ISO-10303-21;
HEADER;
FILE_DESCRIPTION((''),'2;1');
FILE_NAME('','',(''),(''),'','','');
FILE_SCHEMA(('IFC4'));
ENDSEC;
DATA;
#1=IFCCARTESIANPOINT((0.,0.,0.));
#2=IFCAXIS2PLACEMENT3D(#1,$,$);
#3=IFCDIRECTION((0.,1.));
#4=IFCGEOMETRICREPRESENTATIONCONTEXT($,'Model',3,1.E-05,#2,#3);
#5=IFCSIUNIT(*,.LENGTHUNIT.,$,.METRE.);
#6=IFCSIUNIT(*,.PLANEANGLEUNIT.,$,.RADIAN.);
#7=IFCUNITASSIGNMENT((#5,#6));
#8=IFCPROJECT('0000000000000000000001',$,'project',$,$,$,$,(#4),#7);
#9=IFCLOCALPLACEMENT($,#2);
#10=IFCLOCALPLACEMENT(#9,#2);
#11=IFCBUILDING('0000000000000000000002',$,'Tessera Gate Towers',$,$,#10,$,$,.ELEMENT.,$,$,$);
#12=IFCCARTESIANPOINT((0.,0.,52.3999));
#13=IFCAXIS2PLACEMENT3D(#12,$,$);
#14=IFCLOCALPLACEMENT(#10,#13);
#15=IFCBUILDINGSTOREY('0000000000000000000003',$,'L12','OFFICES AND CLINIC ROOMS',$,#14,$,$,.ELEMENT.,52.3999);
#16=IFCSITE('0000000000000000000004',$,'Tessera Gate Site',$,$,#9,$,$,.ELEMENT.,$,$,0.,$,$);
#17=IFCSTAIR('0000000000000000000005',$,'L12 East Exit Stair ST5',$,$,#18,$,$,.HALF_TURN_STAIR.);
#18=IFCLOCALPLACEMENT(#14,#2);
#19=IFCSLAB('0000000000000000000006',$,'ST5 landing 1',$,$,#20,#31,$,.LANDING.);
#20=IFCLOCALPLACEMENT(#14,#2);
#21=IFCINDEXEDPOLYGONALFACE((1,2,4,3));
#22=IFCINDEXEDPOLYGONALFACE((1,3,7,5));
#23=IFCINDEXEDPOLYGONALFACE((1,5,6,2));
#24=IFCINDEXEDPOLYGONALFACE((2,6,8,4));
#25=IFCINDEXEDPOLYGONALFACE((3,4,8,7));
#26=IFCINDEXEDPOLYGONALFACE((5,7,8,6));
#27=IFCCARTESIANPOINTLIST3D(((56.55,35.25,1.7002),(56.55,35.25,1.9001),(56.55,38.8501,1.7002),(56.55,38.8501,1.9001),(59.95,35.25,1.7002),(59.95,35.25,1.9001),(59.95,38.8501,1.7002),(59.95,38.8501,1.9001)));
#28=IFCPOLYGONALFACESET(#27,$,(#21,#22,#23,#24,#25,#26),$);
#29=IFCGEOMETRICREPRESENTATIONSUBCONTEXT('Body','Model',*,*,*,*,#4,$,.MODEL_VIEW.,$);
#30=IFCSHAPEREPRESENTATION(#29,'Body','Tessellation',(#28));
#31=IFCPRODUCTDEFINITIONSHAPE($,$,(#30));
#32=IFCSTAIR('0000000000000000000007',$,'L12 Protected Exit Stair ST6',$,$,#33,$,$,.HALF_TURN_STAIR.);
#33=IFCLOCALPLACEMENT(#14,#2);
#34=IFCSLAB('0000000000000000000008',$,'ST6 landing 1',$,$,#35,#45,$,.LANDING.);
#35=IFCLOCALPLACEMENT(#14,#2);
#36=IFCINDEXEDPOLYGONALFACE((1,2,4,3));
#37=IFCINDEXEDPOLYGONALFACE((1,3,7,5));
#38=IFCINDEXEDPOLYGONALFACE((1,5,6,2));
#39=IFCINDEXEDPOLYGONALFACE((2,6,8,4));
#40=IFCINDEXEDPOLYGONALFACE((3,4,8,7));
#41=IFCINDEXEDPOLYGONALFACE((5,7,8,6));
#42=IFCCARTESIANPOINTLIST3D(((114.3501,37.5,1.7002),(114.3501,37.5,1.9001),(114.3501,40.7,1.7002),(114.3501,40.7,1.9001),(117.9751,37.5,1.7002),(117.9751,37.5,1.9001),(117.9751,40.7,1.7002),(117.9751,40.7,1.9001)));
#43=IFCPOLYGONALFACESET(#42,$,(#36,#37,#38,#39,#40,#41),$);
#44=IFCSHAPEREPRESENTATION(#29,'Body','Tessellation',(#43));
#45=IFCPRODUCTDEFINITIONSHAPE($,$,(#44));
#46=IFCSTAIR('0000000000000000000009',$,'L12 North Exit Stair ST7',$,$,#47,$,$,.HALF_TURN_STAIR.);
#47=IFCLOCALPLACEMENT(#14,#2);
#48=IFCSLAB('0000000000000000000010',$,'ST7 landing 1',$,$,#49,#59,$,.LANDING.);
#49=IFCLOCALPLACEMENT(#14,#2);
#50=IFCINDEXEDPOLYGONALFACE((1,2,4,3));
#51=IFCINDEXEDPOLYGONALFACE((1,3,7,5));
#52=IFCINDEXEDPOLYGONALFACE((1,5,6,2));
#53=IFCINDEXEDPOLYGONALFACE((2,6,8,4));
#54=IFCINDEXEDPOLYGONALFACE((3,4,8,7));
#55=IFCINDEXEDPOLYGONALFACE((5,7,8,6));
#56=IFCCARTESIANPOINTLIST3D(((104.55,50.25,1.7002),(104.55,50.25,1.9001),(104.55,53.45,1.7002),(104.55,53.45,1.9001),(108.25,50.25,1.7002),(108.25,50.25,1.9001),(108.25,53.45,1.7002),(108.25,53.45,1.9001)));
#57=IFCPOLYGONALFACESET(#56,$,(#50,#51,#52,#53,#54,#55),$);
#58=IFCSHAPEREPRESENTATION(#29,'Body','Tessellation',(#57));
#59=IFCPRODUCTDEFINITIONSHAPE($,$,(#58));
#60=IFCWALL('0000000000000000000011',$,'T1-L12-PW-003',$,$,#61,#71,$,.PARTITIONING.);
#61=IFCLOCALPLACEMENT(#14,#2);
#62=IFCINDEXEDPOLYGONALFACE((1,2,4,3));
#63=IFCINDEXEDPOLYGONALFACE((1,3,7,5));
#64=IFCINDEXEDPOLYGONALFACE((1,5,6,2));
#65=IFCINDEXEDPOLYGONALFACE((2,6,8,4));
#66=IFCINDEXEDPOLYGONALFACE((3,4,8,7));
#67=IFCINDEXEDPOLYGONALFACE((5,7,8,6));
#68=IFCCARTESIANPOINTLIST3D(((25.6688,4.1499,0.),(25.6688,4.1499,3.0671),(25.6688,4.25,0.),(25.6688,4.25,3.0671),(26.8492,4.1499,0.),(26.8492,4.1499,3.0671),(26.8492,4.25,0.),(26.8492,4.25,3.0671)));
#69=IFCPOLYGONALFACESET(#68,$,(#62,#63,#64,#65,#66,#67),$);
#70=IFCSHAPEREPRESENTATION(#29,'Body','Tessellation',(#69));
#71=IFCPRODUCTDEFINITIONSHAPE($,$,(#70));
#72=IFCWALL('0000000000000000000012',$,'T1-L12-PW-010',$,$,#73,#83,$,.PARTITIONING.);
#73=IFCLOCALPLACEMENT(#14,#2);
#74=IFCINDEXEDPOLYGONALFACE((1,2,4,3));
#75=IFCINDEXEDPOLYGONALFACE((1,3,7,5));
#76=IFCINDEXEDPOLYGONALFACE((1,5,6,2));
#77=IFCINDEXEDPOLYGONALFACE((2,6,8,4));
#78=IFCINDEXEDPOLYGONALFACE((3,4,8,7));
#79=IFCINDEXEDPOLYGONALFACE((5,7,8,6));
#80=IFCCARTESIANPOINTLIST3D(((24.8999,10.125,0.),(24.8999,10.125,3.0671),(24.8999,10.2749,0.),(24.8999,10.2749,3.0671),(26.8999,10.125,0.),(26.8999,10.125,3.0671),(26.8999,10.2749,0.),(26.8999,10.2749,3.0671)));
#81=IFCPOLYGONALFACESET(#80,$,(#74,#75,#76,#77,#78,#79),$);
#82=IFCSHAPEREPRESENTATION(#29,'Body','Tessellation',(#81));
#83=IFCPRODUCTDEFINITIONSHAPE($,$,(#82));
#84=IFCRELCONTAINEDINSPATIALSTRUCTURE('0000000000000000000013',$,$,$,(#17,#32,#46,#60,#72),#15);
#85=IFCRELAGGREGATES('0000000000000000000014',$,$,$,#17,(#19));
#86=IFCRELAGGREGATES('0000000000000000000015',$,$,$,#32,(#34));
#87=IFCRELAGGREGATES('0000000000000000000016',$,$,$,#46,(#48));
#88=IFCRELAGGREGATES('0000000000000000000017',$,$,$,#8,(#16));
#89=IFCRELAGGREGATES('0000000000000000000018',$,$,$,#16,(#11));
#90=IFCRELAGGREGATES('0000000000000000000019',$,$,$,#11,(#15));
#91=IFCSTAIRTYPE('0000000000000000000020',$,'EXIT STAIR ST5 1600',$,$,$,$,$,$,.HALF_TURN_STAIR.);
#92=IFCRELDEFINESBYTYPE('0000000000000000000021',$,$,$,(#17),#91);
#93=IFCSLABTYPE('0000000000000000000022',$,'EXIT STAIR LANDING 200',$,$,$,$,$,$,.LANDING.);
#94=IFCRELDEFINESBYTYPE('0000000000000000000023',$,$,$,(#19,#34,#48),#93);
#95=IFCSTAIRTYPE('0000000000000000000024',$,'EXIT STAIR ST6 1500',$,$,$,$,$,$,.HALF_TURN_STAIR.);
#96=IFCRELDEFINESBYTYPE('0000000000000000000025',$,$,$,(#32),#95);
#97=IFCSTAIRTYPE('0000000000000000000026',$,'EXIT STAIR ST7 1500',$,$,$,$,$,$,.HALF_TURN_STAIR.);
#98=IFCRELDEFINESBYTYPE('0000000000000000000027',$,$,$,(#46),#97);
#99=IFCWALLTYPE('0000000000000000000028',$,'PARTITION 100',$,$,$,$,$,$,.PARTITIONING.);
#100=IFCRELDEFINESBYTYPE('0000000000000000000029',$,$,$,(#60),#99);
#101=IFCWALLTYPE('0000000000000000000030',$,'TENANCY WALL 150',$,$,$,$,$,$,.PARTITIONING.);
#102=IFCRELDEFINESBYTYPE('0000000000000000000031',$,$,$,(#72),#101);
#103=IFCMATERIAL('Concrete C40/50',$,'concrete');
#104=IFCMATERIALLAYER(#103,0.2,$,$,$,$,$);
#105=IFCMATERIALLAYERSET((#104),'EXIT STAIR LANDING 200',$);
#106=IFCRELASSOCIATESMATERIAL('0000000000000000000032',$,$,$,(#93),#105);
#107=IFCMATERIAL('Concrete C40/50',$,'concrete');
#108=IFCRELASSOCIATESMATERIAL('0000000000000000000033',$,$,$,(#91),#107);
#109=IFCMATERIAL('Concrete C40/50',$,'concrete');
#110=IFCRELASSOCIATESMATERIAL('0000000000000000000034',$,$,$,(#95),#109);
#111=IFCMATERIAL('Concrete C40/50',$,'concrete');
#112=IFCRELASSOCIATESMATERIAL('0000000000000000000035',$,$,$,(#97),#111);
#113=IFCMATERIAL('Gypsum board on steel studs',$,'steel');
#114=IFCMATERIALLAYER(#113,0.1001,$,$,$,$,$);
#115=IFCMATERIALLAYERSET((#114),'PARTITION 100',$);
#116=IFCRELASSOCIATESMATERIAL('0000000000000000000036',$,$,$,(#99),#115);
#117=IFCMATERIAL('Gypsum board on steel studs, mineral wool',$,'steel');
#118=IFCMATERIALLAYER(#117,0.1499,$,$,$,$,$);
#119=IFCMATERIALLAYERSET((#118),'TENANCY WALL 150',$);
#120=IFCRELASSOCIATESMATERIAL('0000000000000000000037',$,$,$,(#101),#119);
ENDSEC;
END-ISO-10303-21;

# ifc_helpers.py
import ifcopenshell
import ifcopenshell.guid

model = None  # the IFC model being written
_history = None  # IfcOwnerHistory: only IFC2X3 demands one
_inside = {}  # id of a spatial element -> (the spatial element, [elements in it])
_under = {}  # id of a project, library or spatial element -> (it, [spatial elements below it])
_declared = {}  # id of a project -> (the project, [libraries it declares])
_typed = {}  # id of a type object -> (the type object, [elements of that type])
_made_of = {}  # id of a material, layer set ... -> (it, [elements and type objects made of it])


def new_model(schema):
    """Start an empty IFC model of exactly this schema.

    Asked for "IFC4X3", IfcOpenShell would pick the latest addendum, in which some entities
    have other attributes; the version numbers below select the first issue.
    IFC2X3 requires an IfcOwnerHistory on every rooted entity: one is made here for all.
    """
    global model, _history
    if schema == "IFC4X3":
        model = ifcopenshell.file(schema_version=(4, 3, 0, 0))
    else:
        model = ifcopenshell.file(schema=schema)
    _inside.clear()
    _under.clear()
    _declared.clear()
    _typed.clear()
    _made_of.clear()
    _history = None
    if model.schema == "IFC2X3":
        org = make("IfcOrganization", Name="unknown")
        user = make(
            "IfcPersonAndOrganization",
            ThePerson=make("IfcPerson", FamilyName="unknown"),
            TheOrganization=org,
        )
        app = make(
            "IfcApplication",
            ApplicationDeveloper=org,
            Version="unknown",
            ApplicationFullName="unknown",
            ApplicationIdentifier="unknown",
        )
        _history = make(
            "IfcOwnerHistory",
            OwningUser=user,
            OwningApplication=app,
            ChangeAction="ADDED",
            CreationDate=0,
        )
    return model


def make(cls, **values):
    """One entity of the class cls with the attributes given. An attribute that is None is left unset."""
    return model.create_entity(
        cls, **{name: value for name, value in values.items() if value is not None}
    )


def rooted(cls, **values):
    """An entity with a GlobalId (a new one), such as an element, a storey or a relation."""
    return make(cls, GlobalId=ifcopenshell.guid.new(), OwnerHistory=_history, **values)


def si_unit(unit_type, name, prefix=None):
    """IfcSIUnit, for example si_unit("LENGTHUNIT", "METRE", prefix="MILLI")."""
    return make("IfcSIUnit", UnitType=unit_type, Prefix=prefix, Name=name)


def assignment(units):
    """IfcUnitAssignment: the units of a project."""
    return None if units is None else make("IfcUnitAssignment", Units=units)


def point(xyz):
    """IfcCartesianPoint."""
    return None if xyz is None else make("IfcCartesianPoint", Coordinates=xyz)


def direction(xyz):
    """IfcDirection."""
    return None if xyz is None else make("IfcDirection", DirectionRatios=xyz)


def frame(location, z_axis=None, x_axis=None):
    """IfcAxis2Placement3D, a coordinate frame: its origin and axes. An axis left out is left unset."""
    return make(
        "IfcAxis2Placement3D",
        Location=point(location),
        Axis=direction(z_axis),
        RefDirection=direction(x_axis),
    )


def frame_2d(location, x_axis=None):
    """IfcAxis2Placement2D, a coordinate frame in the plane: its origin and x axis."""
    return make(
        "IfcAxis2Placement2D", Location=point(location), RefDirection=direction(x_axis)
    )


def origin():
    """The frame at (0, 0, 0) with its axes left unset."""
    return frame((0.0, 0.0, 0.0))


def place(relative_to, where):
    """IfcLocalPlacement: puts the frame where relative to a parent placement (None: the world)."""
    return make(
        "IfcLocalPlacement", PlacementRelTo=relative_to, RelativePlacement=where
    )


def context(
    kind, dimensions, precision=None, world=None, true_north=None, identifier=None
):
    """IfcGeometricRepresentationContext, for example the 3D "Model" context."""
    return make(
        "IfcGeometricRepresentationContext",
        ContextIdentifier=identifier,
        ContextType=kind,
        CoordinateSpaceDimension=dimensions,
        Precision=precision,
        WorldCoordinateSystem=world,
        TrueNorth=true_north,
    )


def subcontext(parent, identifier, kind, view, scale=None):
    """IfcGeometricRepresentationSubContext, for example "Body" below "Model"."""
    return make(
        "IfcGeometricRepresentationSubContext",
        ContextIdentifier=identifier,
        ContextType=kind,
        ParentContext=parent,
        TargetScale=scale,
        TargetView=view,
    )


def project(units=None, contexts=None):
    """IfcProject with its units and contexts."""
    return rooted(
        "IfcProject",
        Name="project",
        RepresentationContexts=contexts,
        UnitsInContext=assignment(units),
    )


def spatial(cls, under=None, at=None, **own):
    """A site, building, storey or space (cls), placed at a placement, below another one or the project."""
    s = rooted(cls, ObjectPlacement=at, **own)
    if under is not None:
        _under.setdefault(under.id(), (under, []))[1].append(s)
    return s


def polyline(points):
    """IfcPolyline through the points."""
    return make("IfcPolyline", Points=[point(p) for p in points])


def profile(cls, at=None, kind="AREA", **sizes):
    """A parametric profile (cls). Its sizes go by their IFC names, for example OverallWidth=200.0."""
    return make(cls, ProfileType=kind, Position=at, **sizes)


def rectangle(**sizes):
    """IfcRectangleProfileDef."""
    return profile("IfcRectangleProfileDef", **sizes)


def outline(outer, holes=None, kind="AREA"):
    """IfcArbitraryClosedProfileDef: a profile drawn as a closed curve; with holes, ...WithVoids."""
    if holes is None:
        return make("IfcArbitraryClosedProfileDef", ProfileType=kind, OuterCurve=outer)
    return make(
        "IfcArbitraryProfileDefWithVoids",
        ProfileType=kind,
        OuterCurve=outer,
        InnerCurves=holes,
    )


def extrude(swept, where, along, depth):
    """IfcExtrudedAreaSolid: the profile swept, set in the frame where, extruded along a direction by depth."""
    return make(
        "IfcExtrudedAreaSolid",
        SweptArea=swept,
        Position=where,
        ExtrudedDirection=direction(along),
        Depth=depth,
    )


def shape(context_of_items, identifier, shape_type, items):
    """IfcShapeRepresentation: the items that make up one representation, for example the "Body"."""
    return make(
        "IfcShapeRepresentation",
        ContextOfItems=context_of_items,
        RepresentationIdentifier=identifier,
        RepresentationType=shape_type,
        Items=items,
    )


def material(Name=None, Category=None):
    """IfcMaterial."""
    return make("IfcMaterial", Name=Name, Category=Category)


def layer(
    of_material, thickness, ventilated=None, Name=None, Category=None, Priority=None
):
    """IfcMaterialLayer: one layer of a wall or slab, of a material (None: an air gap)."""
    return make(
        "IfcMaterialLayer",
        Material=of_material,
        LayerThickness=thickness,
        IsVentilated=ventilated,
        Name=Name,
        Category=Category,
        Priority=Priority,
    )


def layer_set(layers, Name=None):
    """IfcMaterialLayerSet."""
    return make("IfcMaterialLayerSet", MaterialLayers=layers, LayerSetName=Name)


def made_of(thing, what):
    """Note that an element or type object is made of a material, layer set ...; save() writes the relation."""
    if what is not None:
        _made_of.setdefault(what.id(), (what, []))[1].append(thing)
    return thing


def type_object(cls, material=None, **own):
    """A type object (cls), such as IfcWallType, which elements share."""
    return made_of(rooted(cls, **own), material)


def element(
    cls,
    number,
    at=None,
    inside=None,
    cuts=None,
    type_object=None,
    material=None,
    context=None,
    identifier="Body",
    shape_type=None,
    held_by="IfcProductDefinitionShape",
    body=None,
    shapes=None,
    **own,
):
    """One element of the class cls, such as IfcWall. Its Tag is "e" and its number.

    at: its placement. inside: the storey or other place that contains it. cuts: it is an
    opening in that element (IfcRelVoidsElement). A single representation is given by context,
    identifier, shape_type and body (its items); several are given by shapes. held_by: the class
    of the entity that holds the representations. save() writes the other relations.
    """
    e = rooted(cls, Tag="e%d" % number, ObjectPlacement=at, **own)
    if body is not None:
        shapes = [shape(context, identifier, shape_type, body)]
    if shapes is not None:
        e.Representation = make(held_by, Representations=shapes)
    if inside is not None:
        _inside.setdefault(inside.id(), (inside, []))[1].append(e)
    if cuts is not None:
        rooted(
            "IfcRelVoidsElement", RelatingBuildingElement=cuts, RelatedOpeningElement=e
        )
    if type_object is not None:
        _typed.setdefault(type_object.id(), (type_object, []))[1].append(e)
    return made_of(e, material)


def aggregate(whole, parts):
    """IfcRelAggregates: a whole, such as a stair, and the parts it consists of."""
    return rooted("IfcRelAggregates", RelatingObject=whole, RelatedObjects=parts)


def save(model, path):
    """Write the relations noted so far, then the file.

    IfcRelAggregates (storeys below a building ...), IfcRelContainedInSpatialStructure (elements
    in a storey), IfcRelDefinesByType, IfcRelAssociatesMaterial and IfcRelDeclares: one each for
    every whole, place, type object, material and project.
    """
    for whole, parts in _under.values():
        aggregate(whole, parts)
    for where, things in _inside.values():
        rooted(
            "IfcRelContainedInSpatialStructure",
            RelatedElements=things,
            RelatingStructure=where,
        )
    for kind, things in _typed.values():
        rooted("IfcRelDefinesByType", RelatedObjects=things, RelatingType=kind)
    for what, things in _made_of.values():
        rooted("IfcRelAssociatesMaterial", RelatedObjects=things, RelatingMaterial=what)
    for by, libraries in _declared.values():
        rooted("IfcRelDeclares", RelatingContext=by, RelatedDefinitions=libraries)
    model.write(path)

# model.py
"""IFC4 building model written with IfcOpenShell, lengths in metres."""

from ifc_helpers import new_model, si_unit, direction, frame, frame_2d, origin, place, context, subcontext, project, spatial, polyline, rectangle, outline, extrude, material, layer, layer_set, type_object, element, aggregate, save


model = new_model("IFC4")

# Units and contexts
model_context = context("Model", 3, precision=1e-05, world=origin(), true_north=direction((0.0, 1.0)))
body_context = subcontext(model_context, "Body", "Model", "MODEL_VIEW")
ifc_project = project(units=[si_unit("LENGTHUNIT", "METRE"), si_unit("PLANEANGLEUNIT", "RADIAN")], contexts=[model_context])

# Site, building, storey
site_placement = place(None, origin())
site = spatial("IfcSite", under=ifc_project, at=site_placement, Name="Tessera Gate Site", CompositionType="ELEMENT", RefElevation=0.0)
building_placement = place(site_placement, origin())
building = spatial("IfcBuilding", under=site, at=building_placement, Name="Tessera Gate Towers", CompositionType="ELEMENT")
storey_placement = place(building_placement, frame((0.0, 0.0, 52.3999)))
storey = spatial("IfcBuildingStorey", under=building, at=storey_placement, Name="L12", Description="OFFICES AND CLINIC ROOMS", CompositionType="ELEMENT", Elevation=52.3999)

# Stairs, slabs
ifc_material_1 = material(Name="Concrete C40/50", Category="concrete")
ifc_layer_1 = layer(ifc_material_1, 0.2)
ifc_layer_set_1 = layer_set([ifc_layer_1], Name="EXIT STAIR LANDING 200")
slab_type_1 = type_object("IfcSlabType", Name="EXIT STAIR LANDING 200", PredefinedType="LANDING", material=ifc_layer_set_1)
ifc_material_2 = material(Name="Concrete C40/50", Category="concrete")
stair_type_1 = type_object("IfcStairType", Name="EXIT STAIR ST5 1600", PredefinedType="HALF_TURN_STAIR", material=ifc_material_2)
stair_1_placement = place(storey_placement, origin())
stair_1 = element("IfcStair", 1, at=stair_1_placement, inside=storey, type_object=stair_type_1, Name="L12 East Exit Stair ST5", PredefinedType="HALF_TURN_STAIR")
slab_1_placement = place(storey_placement, frame((0.0, 0.0, 1.7002)))
slab_1 = element("IfcSlab", 2, at=slab_1_placement, type_object=slab_type_1, Name="ST5 landing 1", PredefinedType="LANDING", context=body_context, shape_type="SweptSolid", body=[
    extrude(outline(polyline([(59.95, 35.25), (59.95, 38.8501), (56.55, 38.8501), (56.55, 35.25), (59.95, 35.25)])), origin(), (0.0, 0.0, 1.0), 0.2),
])
aggregate(stair_1, [slab_1])
ifc_material_3 = material(Name="Concrete C40/50", Category="concrete")
stair_type_2 = type_object("IfcStairType", Name="EXIT STAIR ST6 1500", PredefinedType="HALF_TURN_STAIR", material=ifc_material_3)
stair_2_placement = place(storey_placement, origin())
stair_2 = element("IfcStair", 3, at=stair_2_placement, inside=storey, type_object=stair_type_2, Name="L12 Protected Exit Stair ST6", PredefinedType="HALF_TURN_STAIR")
slab_2_placement = place(storey_placement, frame((0.0, 0.0, 1.7002)))
slab_2 = element("IfcSlab", 4, at=slab_2_placement, type_object=slab_type_1, Name="ST6 landing 1", PredefinedType="LANDING", context=body_context, shape_type="SweptSolid", body=[
    extrude(outline(polyline([(114.3501, 37.5), (117.9751, 37.5), (117.9751, 40.7), (114.3501, 40.7), (114.3501, 37.5)])), origin(), (0.0, 0.0, 1.0), 0.2),
])
aggregate(stair_2, [slab_2])
ifc_material_4 = material(Name="Concrete C40/50", Category="concrete")
stair_type_3 = type_object("IfcStairType", Name="EXIT STAIR ST7 1500", PredefinedType="HALF_TURN_STAIR", material=ifc_material_4)
stair_3_placement = place(storey_placement, origin())
stair_3 = element("IfcStair", 5, at=stair_3_placement, inside=storey, type_object=stair_type_3, Name="L12 North Exit Stair ST7", PredefinedType="HALF_TURN_STAIR")
slab_3_placement = place(storey_placement, frame((0.0, 0.0, 1.7002)))
slab_3 = element("IfcSlab", 6, at=slab_3_placement, type_object=slab_type_1, Name="ST7 landing 1", PredefinedType="LANDING", context=body_context, shape_type="SweptSolid", body=[
    extrude(outline(polyline([(104.55, 50.25), (108.25, 50.25), (108.25, 53.45), (104.55, 53.45), (104.55, 50.25)])), origin(), (0.0, 0.0, 1.0), 0.2),
])
aggregate(stair_3, [slab_3])

# Walls
ifc_material_5 = material(Name="Gypsum board on steel studs", Category="steel")
ifc_layer_2 = layer(ifc_material_5, 0.1001)
ifc_layer_set_2 = layer_set([ifc_layer_2], Name="PARTITION 100")
wall_type_1 = type_object("IfcWallType", Name="PARTITION 100", PredefinedType="PARTITIONING", material=ifc_layer_set_2)
wall_1_placement = place(storey_placement, frame((25.6687, 4.2, 0.0), z_axis=(0.0, 0.0, 1.0), x_axis=(1.0, 0.0, 0.0)))
element("IfcWall", 7, at=wall_1_placement, inside=storey, type_object=wall_type_1, Name="T1-L12-PW-003", PredefinedType="PARTITIONING", context=body_context, shape_type="SweptSolid", body=[
    extrude(rectangle(XDim=1.1804, YDim=0.1001, at=frame_2d((0.5903, 0.0))), origin(), (0.0, 0.0, 1.0), 3.0671),
])
ifc_material_6 = material(Name="Gypsum board on steel studs, mineral wool", Category="steel")
ifc_layer_3 = layer(ifc_material_6, 0.1499)
ifc_layer_set_3 = layer_set([ifc_layer_3], Name="TENANCY WALL 150")
wall_type_2 = type_object("IfcWallType", Name="TENANCY WALL 150", PredefinedType="PARTITIONING", material=ifc_layer_set_3)
wall_2_placement = place(storey_placement, frame((24.8999, 10.2, 0.0), z_axis=(0.0, 0.0, 1.0), x_axis=(1.0, 0.0, 0.0)))
element("IfcWall", 8, at=wall_2_placement, inside=storey, type_object=wall_type_2, Name="T1-L12-PW-010", PredefinedType="PARTITIONING", context=body_context, shape_type="SweptSolid", body=[
    extrude(rectangle(XDim=2.0, YDim=0.1499, at=frame_2d((1.0, 0.0))), origin(), (0.0, 0.0, 1.0), 3.0671),
])

save(model, "model.ifc")
